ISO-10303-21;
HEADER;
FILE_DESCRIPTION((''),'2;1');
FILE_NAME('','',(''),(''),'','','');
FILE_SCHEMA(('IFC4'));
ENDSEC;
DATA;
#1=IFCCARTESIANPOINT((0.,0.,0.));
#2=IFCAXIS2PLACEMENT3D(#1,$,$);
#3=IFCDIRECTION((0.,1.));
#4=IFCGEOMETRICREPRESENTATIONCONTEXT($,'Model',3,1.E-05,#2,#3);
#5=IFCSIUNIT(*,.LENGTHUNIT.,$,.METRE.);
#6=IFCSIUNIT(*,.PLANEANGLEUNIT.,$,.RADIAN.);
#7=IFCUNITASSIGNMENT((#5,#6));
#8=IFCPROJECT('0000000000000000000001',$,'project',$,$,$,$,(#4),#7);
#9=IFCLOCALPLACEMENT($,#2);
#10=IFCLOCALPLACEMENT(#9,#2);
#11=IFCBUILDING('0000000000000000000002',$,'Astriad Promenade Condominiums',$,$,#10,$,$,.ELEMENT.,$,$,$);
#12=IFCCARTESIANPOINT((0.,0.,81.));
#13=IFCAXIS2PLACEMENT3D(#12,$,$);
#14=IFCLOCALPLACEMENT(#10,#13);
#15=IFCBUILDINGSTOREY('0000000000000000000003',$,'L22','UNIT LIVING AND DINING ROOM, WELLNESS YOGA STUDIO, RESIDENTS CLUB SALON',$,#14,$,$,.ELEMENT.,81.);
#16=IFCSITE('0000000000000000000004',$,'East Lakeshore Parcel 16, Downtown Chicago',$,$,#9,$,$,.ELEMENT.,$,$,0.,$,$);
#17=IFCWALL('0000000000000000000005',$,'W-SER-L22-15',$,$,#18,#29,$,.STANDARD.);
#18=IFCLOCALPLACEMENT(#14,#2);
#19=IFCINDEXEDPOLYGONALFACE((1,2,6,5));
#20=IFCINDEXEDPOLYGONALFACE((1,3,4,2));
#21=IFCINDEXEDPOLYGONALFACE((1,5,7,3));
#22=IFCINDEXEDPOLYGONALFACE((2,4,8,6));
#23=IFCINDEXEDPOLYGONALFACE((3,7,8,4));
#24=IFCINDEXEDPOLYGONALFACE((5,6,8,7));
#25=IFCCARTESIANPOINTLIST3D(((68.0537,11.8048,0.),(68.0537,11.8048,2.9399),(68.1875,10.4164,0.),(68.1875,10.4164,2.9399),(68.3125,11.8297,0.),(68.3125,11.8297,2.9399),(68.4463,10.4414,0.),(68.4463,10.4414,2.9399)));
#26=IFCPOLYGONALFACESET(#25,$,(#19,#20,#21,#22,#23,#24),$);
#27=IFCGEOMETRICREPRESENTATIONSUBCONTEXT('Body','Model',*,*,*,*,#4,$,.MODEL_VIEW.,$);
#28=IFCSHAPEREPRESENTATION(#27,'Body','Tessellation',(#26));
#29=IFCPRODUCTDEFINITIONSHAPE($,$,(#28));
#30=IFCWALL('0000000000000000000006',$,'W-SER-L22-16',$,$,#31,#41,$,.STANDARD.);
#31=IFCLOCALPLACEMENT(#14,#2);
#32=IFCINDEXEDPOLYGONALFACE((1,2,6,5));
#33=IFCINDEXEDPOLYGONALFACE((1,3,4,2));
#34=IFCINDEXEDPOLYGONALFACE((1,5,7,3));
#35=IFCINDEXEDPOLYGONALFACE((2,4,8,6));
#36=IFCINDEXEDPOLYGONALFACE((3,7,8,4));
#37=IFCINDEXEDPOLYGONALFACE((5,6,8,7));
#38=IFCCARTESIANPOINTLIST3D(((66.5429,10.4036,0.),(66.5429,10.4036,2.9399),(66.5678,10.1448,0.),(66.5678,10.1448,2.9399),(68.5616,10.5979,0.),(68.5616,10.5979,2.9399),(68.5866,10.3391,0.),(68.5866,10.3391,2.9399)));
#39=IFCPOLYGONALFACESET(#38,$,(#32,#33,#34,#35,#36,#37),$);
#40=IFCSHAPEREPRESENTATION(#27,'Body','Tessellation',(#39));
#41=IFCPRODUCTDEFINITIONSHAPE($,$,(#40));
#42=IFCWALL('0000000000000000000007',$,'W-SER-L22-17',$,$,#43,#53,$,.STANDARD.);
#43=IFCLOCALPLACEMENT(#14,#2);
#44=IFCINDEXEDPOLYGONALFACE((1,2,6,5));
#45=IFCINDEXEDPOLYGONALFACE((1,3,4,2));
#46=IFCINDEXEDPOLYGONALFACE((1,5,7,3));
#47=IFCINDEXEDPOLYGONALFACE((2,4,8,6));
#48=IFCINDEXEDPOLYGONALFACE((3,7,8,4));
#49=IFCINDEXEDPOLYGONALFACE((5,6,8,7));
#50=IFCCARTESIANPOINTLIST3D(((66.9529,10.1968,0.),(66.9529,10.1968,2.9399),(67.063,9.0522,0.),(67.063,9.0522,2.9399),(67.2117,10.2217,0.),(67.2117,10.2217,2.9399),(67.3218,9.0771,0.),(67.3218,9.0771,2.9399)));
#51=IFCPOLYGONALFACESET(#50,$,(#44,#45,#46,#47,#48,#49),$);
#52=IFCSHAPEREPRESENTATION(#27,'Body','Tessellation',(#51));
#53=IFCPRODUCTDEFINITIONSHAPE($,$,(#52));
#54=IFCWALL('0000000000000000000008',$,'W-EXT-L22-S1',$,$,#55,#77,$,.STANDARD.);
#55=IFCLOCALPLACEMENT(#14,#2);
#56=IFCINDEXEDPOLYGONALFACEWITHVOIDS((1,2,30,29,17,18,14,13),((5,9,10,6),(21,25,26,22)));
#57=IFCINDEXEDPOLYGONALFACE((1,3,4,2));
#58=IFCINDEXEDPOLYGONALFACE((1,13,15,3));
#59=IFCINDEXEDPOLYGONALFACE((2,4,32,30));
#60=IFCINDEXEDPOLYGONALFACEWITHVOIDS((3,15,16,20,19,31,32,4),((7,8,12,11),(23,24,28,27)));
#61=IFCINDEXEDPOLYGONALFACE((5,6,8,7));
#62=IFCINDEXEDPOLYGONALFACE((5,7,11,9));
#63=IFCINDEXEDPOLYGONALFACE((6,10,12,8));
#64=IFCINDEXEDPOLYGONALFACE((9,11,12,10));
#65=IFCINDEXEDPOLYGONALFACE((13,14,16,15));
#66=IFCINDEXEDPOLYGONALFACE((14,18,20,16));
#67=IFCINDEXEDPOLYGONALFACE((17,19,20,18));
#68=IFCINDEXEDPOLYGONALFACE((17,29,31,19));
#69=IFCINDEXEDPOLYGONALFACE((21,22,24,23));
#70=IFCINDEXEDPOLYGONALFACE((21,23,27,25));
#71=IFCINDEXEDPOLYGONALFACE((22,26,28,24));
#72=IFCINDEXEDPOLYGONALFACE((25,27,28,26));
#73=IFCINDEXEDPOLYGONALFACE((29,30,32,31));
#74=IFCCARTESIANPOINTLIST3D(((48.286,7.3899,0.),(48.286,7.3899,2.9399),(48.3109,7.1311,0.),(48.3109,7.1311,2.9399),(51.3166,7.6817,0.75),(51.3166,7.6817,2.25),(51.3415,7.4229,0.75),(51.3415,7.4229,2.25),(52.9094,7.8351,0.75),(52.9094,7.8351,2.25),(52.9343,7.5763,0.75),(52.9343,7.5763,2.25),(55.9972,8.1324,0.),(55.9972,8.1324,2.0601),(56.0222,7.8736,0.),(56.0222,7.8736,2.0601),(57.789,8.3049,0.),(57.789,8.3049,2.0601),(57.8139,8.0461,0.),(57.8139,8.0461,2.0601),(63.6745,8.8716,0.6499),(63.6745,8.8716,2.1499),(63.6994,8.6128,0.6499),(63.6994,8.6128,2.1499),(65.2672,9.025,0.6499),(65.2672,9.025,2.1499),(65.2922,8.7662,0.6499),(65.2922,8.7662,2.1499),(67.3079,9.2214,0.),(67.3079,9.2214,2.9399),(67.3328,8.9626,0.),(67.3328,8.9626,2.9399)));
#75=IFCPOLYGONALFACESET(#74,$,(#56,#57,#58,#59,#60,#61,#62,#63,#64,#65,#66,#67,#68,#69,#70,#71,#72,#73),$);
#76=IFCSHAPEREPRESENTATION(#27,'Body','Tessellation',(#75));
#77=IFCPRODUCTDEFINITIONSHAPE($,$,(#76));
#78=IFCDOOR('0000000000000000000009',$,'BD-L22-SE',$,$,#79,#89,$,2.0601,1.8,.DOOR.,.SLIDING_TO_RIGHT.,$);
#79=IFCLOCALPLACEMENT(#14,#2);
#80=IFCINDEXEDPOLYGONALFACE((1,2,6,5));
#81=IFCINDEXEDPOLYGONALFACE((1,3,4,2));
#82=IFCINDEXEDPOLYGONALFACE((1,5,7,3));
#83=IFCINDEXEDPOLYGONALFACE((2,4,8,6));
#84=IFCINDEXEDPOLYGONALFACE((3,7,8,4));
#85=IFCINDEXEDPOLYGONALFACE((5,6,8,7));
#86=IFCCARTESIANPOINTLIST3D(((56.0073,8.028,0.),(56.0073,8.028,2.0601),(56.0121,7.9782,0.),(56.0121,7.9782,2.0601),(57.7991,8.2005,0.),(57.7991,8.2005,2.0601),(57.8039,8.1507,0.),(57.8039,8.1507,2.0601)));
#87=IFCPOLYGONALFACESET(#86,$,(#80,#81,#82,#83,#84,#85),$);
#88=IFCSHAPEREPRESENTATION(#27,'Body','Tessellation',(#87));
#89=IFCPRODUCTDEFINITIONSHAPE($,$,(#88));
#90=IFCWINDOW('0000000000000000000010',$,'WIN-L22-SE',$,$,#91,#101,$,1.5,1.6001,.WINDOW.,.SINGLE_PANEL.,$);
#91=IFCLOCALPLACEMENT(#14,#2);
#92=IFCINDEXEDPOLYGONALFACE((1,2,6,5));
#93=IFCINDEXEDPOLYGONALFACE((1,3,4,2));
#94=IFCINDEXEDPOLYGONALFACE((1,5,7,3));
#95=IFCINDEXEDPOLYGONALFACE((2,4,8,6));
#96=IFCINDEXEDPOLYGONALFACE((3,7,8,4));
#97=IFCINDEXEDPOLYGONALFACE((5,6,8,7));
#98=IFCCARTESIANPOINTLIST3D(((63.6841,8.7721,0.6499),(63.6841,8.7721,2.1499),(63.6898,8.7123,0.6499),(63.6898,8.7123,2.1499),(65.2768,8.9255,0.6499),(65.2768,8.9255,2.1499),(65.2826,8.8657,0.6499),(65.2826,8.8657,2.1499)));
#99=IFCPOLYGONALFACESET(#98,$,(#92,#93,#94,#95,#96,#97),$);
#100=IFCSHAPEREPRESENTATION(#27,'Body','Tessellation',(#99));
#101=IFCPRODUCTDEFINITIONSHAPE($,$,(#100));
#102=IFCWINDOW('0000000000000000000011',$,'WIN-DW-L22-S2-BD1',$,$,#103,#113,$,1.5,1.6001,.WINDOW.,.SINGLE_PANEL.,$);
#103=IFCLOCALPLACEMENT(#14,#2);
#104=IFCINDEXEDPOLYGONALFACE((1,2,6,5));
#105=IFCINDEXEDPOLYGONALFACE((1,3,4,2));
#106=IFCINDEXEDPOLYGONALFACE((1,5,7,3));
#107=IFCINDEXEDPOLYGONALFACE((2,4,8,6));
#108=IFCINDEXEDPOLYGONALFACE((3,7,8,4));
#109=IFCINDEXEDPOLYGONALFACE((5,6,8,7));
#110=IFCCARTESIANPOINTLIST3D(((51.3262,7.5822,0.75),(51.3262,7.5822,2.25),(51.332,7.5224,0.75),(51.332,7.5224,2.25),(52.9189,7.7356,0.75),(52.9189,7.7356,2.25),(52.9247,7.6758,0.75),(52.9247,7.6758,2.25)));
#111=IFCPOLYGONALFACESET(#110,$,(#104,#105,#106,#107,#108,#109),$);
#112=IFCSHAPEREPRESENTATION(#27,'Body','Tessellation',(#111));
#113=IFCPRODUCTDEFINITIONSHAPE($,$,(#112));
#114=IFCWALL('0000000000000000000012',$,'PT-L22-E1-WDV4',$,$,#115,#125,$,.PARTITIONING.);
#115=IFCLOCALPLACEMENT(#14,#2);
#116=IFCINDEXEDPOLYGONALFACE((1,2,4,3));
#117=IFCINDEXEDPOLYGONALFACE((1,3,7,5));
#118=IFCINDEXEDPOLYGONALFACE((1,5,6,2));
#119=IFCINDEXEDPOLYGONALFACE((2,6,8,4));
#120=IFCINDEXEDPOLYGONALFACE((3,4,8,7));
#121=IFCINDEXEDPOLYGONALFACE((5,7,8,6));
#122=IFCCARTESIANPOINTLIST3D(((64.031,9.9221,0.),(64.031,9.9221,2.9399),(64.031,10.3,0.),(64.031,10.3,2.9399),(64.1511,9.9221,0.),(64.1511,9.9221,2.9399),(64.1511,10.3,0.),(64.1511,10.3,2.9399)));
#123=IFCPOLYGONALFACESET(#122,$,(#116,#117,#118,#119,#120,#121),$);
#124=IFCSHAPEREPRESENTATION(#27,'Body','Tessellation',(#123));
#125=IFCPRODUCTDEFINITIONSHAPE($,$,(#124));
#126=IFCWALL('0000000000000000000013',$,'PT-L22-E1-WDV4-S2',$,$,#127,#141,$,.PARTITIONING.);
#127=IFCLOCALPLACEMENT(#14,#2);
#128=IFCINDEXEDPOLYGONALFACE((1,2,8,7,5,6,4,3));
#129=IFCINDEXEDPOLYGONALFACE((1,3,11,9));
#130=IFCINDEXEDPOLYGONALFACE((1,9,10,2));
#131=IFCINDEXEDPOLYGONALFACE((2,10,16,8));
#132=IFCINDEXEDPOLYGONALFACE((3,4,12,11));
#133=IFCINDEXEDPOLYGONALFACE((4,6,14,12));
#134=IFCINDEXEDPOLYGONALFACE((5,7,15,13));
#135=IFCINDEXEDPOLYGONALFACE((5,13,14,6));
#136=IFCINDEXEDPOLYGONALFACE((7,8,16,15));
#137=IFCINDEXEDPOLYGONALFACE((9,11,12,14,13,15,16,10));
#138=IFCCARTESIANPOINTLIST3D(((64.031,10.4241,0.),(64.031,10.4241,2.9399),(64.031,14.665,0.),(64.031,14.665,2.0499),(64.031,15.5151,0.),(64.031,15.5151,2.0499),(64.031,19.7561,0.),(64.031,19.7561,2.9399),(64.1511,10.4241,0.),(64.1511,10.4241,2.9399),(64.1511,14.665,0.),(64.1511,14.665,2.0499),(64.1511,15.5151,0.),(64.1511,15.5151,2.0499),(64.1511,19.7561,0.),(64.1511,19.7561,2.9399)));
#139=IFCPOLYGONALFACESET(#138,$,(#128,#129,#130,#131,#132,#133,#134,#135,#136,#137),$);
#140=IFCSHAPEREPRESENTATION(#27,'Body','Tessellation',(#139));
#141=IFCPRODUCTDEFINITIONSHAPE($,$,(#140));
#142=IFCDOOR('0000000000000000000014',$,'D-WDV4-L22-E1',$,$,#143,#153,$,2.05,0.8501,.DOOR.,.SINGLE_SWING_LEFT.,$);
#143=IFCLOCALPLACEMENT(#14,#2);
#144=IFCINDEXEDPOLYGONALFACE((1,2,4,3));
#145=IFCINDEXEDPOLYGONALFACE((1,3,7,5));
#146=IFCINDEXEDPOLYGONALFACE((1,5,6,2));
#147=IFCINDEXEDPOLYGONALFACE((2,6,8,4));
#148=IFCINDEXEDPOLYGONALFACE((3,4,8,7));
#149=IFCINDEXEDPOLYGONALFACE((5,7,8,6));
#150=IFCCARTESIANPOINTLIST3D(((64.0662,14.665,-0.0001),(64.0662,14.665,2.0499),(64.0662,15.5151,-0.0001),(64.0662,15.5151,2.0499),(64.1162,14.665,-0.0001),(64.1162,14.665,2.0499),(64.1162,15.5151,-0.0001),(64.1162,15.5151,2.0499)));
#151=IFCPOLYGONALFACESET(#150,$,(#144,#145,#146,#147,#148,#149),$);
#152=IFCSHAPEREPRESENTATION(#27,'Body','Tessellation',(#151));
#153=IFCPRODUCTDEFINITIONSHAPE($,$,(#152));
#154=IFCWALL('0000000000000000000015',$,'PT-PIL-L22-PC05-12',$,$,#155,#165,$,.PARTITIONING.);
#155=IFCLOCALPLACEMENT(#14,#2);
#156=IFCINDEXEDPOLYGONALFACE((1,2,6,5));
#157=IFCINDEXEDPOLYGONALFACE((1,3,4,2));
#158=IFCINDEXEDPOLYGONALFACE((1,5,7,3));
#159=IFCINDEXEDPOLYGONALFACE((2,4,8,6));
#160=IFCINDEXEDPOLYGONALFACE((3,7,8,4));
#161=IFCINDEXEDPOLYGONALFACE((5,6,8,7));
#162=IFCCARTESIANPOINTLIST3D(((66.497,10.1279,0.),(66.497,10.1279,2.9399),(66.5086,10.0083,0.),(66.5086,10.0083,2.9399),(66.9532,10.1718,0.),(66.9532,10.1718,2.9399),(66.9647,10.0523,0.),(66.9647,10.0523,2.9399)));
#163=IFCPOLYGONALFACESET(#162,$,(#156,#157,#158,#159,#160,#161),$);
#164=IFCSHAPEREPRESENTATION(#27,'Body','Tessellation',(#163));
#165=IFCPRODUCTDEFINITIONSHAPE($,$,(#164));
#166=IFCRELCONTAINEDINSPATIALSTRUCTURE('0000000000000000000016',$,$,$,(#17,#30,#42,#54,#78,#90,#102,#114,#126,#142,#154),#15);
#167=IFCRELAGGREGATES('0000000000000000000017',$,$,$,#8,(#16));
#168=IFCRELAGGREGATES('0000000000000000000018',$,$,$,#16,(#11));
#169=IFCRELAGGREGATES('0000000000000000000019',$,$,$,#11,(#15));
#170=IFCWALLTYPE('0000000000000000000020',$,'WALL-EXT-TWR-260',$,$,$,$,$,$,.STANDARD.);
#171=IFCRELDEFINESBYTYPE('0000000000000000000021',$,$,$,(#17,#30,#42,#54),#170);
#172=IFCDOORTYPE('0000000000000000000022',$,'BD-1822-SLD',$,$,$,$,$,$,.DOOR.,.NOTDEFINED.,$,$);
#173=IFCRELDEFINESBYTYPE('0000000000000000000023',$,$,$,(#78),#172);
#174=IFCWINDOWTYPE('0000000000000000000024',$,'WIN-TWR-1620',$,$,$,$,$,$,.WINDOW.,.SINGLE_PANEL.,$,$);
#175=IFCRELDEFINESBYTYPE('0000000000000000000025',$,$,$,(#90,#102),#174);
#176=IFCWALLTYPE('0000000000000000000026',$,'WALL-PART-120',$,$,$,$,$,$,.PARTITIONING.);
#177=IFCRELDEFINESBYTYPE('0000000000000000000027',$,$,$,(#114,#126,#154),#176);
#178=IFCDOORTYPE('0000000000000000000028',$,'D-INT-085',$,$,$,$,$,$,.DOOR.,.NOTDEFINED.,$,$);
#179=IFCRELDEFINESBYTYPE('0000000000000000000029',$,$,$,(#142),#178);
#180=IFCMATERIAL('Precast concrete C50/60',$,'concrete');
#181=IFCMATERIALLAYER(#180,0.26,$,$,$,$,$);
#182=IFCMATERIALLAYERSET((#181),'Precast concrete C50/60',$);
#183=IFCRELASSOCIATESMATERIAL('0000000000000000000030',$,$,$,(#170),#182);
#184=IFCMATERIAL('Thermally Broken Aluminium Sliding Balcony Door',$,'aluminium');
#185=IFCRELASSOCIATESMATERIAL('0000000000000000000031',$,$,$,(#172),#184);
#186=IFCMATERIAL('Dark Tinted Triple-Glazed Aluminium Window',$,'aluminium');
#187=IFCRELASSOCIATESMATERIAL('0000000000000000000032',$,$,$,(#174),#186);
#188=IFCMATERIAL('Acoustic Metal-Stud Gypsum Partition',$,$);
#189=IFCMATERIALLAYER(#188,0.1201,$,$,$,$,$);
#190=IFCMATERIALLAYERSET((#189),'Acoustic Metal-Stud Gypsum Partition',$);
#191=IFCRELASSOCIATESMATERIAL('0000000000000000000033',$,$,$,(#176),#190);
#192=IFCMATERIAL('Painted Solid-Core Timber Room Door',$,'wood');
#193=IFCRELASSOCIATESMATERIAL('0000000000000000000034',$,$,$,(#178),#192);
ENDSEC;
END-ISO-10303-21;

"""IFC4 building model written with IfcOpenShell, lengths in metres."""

from ifc_helpers import new_model, si_unit, direction, frame, frame_2d, origin, place, context, subcontext, project, spatial, rectangle, extrude, source, transform, mapped, material, layer, layer_set, type_object, type_shapes, element, fill, save


model = new_model("IFC4")

# Units and contexts
model_context = context("Model", 3, precision=1e-05, world=origin(), true_north=direction((0.0, 1.0)))
body_context = subcontext(model_context, "Body", "Model", "MODEL_VIEW")
ifc_project = project(units=[si_unit("LENGTHUNIT", "METRE"), si_unit("PLANEANGLEUNIT", "RADIAN")], contexts=[model_context])

# Site, building, storey
site_placement = place(None, origin())
site = spatial("IfcSite", under=ifc_project, at=site_placement, Name="East Lakeshore Parcel 16, Downtown Chicago", CompositionType="ELEMENT", RefElevation=0.0)
building_placement = place(site_placement, origin())
building = spatial("IfcBuilding", under=site, at=building_placement, Name="Astriad Promenade Condominiums", CompositionType="ELEMENT")
storey_placement = place(building_placement, frame((0.0, 0.0, 81.0)))
storey = spatial("IfcBuildingStorey", under=building, at=storey_placement, Name="L22", Description="UNIT LIVING AND DINING ROOM, WELLNESS YOGA STUDIO, RESIDENTS CLUB SALON", CompositionType="ELEMENT", Elevation=81.0)

# Walls
ifc_material_1 = material(Name="Precast concrete C50/60", Category="concrete")
ifc_layer_1 = layer(ifc_material_1, 0.26)
ifc_layer_set_1 = layer_set([ifc_layer_1], Name="Precast concrete C50/60")
wall_type_1 = type_object("IfcWallType", Name="WALL-EXT-TWR-260", PredefinedType="STANDARD", material=ifc_layer_set_1)
for number, where, z_axis, x_axis, name in (
    (1, (68.1831, 11.8171, 0.0), (0.0, 0.0, 1.0), (0.095916, -0.995389, 0.0), "W-SER-L22-15"),
):
    element("IfcWall", number, at=place(storey_placement, frame(where, z_axis=z_axis, x_axis=x_axis)), inside=storey, type_object=wall_type_1, Name=name, PredefinedType="STANDARD", context=body_context, shape_type="SweptSolid", body=[
        extrude(rectangle(XDim=1.3948, YDim=0.26, at=frame_2d((0.6973, 0.0))), origin(), (0.0, 0.0, 1.0), 2.9399),
    ])
wall_1_placement = place(storey_placement, frame((68.5742, 10.4685, 0.0), z_axis=(0.0, 0.0, 1.0), x_axis=(-0.995399, -0.09582, 0.0)))
element("IfcWall", 2, at=wall_1_placement, inside=storey, type_object=wall_type_1, Name="W-SER-L22-16", PredefinedType="STANDARD", context=body_context, shape_type="SweptSolid", body=[
    extrude(rectangle(XDim=2.0281, YDim=0.26, at=frame_2d((1.0142, 0.0))), origin(), (0.0, 0.0, 1.0), 2.9399),
])
wall_2_placement = place(storey_placement, frame((67.0823, 10.2092, 0.0), z_axis=(0.0, 0.0, 1.0), x_axis=(0.095761, -0.995404, 0.0)))
element("IfcWall", 3, at=wall_2_placement, inside=storey, type_object=wall_type_1, Name="W-SER-L22-17", PredefinedType="STANDARD", context=body_context, shape_type="SweptSolid", body=[
    extrude(rectangle(XDim=1.1499, YDim=0.26, at=frame_2d((0.575, 0.0))), origin(), (0.0, 0.0, 1.0), 2.9399),
])

# Wall, openings, door, windows
wall_3_placement = place(storey_placement, frame((67.3203, 9.092, 0.0), z_axis=(0.0, 0.0, 1.0), x_axis=(-0.995397, -0.095842, 0.0)))
wall_3 = element("IfcWall", 4, at=wall_3_placement, inside=storey, type_object=wall_type_1, Name="W-EXT-L22-S1", PredefinedType="STANDARD", context=body_context, shape_type="SweptSolid", body=[
    extrude(rectangle(XDim=19.1099, YDim=0.26, at=frame_2d((9.5549, 0.0))), origin(), (0.0, 0.0, 1.0), 2.9399),
])
opening_1_placement = place(wall_3_placement, frame((9.563, 0.0, 0.0)))
opening_1 = element("IfcOpeningElement", 5, at=opening_1_placement, cuts=wall_3, PredefinedType="OPENING", context=body_context, shape_type="SweptSolid", body=[
    extrude(rectangle(XDim=1.8, YDim=2.0601, at=frame_2d((0.8999, 1.03))), frame((0.0, 0.1399, 0.0), z_axis=(0.0, -1.0, 0.0), x_axis=(1.0, 0.0, 0.0)), (0.0, 0.0, 1.0), 0.28),
])
opening_2_placement = place(wall_3_placement, frame((2.05, 0.0, 0.6499)))
opening_2 = element("IfcOpeningElement", 6, at=opening_2_placement, cuts=wall_3, PredefinedType="OPENING", context=body_context, shape_type="SweptSolid", body=[
    extrude(rectangle(XDim=1.6001, YDim=1.5, at=frame_2d((0.8, 0.75))), frame((0.0, 0.1399, 0.0), z_axis=(0.0, -1.0, 0.0), x_axis=(1.0, 0.0, 0.0)), (0.0, 0.0, 1.0), 0.28),
])
opening_3_placement = place(wall_3_placement, frame((14.4651, 0.0, 0.75)))
opening_3 = element("IfcOpeningElement", 7, at=opening_3_placement, cuts=wall_3, PredefinedType="OPENING", context=body_context, shape_type="SweptSolid", body=[
    extrude(rectangle(XDim=1.6001, YDim=1.5, at=frame_2d((0.8, 0.75))), frame((0.0, 0.1399, 0.0), z_axis=(0.0, -1.0, 0.0), x_axis=(1.0, 0.0, 0.0)), (0.0, 0.0, 1.0), 0.28),
])
ifc_material_2 = material(Name="Thermally Broken Aluminium Sliding Balcony Door", Category="aluminium")
door_type_1 = type_object("IfcDoorType", Name="BD-1822-SLD", OperationType="NOTDEFINED", PredefinedType="DOOR", material=ifc_material_2)
shared_shape_1 = source(origin(), body_context, "Body", "SweptSolid", [
    extrude(rectangle(XDim=1.8, YDim=2.0601, at=frame_2d((0.8999, 1.03))), frame((0.0, 0.0249, 0.0), z_axis=(0.0, -1.0, 0.0), x_axis=(1.0, 0.0, 0.0)), (0.0, 0.0, 1.0), 0.05),
])
type_shapes(door_type_1, [shared_shape_1])
door_1_placement = place(opening_1_placement, origin())
door_1 = element("IfcDoor", 8, at=door_1_placement, inside=storey, type_object=door_type_1, Name="BD-L22-SE", OperationType="SLIDING_TO_RIGHT", OverallHeight=2.0601, OverallWidth=1.8, PredefinedType="DOOR", context=body_context, shape_type="MappedRepresentation", body=[
    mapped(shared_shape_1, transform((0.0, 0.0, 0.0), scale=1.0)),
])
fill(opening_1, door_1)
ifc_material_3 = material(Name="Dark Tinted Triple-Glazed Aluminium Window", Category="aluminium")
window_type = type_object("IfcWindowType", Name="WIN-TWR-1620", PartitioningType="SINGLE_PANEL", PredefinedType="WINDOW", material=ifc_material_3)
shared_shape_2 = source(origin(), body_context, "Body", "SweptSolid", [
    extrude(rectangle(XDim=1.6001, YDim=1.5, at=frame_2d((0.8, 0.75))), frame((0.0, 0.03, 0.0), z_axis=(0.0, -1.0, 0.0), x_axis=(1.0, 0.0, 0.0)), (0.0, 0.0, 1.0), 0.0601),
])
type_shapes(window_type, [shared_shape_2])
window_1_placement = place(opening_2_placement, origin())
window_1 = element("IfcWindow", 9, at=window_1_placement, inside=storey, type_object=window_type, Name="WIN-L22-SE", OverallHeight=1.5, OverallWidth=1.6001, PartitioningType="SINGLE_PANEL", PredefinedType="WINDOW", context=body_context, shape_type="MappedRepresentation", body=[
    mapped(shared_shape_2, transform((0.0, 0.0, 0.0), scale=1.0)),
])
fill(opening_2, window_1)
window_2_placement = place(opening_3_placement, origin())
window_2 = element("IfcWindow", 10, at=window_2_placement, inside=storey, type_object=window_type, Name="WIN-DW-L22-S2-BD1", OverallHeight=1.5, OverallWidth=1.6001, PartitioningType="SINGLE_PANEL", PredefinedType="WINDOW", context=body_context, shape_type="MappedRepresentation", body=[
    mapped(shared_shape_2, transform((0.0, 0.0, 0.0), scale=1.0)),
])
fill(opening_3, window_2)

# Wall
ifc_material_4 = material(Name="Acoustic Metal-Stud Gypsum Partition")
ifc_layer_2 = layer(ifc_material_4, 0.1201)
ifc_layer_set_2 = layer_set([ifc_layer_2], Name="Acoustic Metal-Stud Gypsum Partition")
wall_type_2 = type_object("IfcWallType", Name="WALL-PART-120", PredefinedType="PARTITIONING", material=ifc_layer_set_2)
wall_4_placement = place(storey_placement, frame((64.0911, 9.9221, 0.0), z_axis=(0.0, 0.0, 1.0), x_axis=(0.0, 1.0, 0.0)))
element("IfcWall", 11, at=wall_4_placement, inside=storey, type_object=wall_type_2, Name="PT-L22-E1-WDV4", PredefinedType="PARTITIONING", context=body_context, shape_type="SweptSolid", body=[
    extrude(rectangle(XDim=0.3779, YDim=0.1201, at=frame_2d((0.189, 0.0))), origin(), (0.0, 0.0, 1.0), 2.9399),
])

# Wall, opening, door
wall_5_placement = place(storey_placement, frame((64.0911, 10.4241, 0.0), z_axis=(0.0, 0.0, 1.0), x_axis=(0.0, 1.0, 0.0)))
wall_5 = element("IfcWall", 12, at=wall_5_placement, inside=storey, type_object=wall_type_2, Name="PT-L22-E1-WDV4-S2", PredefinedType="PARTITIONING", context=body_context, shape_type="SweptSolid", body=[
    extrude(rectangle(XDim=9.332, YDim=0.1201, at=frame_2d((4.666, 0.0))), origin(), (0.0, 0.0, 1.0), 2.9399),
])
opening_4_placement = place(wall_5_placement, frame((4.241, 0.0, 0.0)))
opening_4 = element("IfcOpeningElement", 13, at=opening_4_placement, cuts=wall_5, PredefinedType="OPENING", context=body_context, shape_type="SweptSolid", body=[
    extrude(rectangle(XDim=0.8501, YDim=2.05, at=frame_2d((0.425, 1.0249))), frame((0.0, 0.0701, 0.0), z_axis=(0.0, -1.0, 0.0), x_axis=(1.0, 0.0, 0.0)), (0.0, 0.0, 1.0), 0.1401),
])
ifc_material_5 = material(Name="Painted Solid-Core Timber Room Door", Category="wood")
door_type_2 = type_object("IfcDoorType", Name="D-INT-085", OperationType="NOTDEFINED", PredefinedType="DOOR", material=ifc_material_5)
shared_shape_3 = source(origin(), body_context, "Body", "SweptSolid", [
    extrude(rectangle(XDim=0.8501, YDim=2.05, at=frame_2d((0.425, 1.0249))), frame((0.0, 0.0249, 0.0), z_axis=(0.0, -1.0, 0.0), x_axis=(1.0, 0.0, 0.0)), (0.0, 0.0, 1.0), 0.05),
])
type_shapes(door_type_2, [shared_shape_3])
door_2_placement = place(opening_4_placement, origin())
door_2 = element("IfcDoor", 14, at=door_2_placement, inside=storey, type_object=door_type_2, Name="D-WDV4-L22-E1", OperationType="SINGLE_SWING_LEFT", OverallHeight=2.05, OverallWidth=0.8501, PredefinedType="DOOR", context=body_context, shape_type="MappedRepresentation", body=[
    mapped(shared_shape_3, transform((0.0, 0.0, 0.0), scale=1.0)),
])
fill(opening_4, door_2)

# Wall
wall_6_placement = place(storey_placement, frame((66.5029, 10.0681, 0.0), z_axis=(0.0, 0.0, 1.0), x_axis=(0.995389, 0.095915, 0.0)))
element("IfcWall", 15, at=wall_6_placement, inside=storey, type_object=wall_type_2, Name="PT-PIL-L22-PC05-12", PredefinedType="PARTITIONING", context=body_context, shape_type="SweptSolid", body=[
    extrude(rectangle(XDim=0.4583, YDim=0.1201, at=frame_2d((0.229, 0.0))), origin(), (0.0, 0.0, 1.0), 2.9399),
])

save(model, "model.ifc")
